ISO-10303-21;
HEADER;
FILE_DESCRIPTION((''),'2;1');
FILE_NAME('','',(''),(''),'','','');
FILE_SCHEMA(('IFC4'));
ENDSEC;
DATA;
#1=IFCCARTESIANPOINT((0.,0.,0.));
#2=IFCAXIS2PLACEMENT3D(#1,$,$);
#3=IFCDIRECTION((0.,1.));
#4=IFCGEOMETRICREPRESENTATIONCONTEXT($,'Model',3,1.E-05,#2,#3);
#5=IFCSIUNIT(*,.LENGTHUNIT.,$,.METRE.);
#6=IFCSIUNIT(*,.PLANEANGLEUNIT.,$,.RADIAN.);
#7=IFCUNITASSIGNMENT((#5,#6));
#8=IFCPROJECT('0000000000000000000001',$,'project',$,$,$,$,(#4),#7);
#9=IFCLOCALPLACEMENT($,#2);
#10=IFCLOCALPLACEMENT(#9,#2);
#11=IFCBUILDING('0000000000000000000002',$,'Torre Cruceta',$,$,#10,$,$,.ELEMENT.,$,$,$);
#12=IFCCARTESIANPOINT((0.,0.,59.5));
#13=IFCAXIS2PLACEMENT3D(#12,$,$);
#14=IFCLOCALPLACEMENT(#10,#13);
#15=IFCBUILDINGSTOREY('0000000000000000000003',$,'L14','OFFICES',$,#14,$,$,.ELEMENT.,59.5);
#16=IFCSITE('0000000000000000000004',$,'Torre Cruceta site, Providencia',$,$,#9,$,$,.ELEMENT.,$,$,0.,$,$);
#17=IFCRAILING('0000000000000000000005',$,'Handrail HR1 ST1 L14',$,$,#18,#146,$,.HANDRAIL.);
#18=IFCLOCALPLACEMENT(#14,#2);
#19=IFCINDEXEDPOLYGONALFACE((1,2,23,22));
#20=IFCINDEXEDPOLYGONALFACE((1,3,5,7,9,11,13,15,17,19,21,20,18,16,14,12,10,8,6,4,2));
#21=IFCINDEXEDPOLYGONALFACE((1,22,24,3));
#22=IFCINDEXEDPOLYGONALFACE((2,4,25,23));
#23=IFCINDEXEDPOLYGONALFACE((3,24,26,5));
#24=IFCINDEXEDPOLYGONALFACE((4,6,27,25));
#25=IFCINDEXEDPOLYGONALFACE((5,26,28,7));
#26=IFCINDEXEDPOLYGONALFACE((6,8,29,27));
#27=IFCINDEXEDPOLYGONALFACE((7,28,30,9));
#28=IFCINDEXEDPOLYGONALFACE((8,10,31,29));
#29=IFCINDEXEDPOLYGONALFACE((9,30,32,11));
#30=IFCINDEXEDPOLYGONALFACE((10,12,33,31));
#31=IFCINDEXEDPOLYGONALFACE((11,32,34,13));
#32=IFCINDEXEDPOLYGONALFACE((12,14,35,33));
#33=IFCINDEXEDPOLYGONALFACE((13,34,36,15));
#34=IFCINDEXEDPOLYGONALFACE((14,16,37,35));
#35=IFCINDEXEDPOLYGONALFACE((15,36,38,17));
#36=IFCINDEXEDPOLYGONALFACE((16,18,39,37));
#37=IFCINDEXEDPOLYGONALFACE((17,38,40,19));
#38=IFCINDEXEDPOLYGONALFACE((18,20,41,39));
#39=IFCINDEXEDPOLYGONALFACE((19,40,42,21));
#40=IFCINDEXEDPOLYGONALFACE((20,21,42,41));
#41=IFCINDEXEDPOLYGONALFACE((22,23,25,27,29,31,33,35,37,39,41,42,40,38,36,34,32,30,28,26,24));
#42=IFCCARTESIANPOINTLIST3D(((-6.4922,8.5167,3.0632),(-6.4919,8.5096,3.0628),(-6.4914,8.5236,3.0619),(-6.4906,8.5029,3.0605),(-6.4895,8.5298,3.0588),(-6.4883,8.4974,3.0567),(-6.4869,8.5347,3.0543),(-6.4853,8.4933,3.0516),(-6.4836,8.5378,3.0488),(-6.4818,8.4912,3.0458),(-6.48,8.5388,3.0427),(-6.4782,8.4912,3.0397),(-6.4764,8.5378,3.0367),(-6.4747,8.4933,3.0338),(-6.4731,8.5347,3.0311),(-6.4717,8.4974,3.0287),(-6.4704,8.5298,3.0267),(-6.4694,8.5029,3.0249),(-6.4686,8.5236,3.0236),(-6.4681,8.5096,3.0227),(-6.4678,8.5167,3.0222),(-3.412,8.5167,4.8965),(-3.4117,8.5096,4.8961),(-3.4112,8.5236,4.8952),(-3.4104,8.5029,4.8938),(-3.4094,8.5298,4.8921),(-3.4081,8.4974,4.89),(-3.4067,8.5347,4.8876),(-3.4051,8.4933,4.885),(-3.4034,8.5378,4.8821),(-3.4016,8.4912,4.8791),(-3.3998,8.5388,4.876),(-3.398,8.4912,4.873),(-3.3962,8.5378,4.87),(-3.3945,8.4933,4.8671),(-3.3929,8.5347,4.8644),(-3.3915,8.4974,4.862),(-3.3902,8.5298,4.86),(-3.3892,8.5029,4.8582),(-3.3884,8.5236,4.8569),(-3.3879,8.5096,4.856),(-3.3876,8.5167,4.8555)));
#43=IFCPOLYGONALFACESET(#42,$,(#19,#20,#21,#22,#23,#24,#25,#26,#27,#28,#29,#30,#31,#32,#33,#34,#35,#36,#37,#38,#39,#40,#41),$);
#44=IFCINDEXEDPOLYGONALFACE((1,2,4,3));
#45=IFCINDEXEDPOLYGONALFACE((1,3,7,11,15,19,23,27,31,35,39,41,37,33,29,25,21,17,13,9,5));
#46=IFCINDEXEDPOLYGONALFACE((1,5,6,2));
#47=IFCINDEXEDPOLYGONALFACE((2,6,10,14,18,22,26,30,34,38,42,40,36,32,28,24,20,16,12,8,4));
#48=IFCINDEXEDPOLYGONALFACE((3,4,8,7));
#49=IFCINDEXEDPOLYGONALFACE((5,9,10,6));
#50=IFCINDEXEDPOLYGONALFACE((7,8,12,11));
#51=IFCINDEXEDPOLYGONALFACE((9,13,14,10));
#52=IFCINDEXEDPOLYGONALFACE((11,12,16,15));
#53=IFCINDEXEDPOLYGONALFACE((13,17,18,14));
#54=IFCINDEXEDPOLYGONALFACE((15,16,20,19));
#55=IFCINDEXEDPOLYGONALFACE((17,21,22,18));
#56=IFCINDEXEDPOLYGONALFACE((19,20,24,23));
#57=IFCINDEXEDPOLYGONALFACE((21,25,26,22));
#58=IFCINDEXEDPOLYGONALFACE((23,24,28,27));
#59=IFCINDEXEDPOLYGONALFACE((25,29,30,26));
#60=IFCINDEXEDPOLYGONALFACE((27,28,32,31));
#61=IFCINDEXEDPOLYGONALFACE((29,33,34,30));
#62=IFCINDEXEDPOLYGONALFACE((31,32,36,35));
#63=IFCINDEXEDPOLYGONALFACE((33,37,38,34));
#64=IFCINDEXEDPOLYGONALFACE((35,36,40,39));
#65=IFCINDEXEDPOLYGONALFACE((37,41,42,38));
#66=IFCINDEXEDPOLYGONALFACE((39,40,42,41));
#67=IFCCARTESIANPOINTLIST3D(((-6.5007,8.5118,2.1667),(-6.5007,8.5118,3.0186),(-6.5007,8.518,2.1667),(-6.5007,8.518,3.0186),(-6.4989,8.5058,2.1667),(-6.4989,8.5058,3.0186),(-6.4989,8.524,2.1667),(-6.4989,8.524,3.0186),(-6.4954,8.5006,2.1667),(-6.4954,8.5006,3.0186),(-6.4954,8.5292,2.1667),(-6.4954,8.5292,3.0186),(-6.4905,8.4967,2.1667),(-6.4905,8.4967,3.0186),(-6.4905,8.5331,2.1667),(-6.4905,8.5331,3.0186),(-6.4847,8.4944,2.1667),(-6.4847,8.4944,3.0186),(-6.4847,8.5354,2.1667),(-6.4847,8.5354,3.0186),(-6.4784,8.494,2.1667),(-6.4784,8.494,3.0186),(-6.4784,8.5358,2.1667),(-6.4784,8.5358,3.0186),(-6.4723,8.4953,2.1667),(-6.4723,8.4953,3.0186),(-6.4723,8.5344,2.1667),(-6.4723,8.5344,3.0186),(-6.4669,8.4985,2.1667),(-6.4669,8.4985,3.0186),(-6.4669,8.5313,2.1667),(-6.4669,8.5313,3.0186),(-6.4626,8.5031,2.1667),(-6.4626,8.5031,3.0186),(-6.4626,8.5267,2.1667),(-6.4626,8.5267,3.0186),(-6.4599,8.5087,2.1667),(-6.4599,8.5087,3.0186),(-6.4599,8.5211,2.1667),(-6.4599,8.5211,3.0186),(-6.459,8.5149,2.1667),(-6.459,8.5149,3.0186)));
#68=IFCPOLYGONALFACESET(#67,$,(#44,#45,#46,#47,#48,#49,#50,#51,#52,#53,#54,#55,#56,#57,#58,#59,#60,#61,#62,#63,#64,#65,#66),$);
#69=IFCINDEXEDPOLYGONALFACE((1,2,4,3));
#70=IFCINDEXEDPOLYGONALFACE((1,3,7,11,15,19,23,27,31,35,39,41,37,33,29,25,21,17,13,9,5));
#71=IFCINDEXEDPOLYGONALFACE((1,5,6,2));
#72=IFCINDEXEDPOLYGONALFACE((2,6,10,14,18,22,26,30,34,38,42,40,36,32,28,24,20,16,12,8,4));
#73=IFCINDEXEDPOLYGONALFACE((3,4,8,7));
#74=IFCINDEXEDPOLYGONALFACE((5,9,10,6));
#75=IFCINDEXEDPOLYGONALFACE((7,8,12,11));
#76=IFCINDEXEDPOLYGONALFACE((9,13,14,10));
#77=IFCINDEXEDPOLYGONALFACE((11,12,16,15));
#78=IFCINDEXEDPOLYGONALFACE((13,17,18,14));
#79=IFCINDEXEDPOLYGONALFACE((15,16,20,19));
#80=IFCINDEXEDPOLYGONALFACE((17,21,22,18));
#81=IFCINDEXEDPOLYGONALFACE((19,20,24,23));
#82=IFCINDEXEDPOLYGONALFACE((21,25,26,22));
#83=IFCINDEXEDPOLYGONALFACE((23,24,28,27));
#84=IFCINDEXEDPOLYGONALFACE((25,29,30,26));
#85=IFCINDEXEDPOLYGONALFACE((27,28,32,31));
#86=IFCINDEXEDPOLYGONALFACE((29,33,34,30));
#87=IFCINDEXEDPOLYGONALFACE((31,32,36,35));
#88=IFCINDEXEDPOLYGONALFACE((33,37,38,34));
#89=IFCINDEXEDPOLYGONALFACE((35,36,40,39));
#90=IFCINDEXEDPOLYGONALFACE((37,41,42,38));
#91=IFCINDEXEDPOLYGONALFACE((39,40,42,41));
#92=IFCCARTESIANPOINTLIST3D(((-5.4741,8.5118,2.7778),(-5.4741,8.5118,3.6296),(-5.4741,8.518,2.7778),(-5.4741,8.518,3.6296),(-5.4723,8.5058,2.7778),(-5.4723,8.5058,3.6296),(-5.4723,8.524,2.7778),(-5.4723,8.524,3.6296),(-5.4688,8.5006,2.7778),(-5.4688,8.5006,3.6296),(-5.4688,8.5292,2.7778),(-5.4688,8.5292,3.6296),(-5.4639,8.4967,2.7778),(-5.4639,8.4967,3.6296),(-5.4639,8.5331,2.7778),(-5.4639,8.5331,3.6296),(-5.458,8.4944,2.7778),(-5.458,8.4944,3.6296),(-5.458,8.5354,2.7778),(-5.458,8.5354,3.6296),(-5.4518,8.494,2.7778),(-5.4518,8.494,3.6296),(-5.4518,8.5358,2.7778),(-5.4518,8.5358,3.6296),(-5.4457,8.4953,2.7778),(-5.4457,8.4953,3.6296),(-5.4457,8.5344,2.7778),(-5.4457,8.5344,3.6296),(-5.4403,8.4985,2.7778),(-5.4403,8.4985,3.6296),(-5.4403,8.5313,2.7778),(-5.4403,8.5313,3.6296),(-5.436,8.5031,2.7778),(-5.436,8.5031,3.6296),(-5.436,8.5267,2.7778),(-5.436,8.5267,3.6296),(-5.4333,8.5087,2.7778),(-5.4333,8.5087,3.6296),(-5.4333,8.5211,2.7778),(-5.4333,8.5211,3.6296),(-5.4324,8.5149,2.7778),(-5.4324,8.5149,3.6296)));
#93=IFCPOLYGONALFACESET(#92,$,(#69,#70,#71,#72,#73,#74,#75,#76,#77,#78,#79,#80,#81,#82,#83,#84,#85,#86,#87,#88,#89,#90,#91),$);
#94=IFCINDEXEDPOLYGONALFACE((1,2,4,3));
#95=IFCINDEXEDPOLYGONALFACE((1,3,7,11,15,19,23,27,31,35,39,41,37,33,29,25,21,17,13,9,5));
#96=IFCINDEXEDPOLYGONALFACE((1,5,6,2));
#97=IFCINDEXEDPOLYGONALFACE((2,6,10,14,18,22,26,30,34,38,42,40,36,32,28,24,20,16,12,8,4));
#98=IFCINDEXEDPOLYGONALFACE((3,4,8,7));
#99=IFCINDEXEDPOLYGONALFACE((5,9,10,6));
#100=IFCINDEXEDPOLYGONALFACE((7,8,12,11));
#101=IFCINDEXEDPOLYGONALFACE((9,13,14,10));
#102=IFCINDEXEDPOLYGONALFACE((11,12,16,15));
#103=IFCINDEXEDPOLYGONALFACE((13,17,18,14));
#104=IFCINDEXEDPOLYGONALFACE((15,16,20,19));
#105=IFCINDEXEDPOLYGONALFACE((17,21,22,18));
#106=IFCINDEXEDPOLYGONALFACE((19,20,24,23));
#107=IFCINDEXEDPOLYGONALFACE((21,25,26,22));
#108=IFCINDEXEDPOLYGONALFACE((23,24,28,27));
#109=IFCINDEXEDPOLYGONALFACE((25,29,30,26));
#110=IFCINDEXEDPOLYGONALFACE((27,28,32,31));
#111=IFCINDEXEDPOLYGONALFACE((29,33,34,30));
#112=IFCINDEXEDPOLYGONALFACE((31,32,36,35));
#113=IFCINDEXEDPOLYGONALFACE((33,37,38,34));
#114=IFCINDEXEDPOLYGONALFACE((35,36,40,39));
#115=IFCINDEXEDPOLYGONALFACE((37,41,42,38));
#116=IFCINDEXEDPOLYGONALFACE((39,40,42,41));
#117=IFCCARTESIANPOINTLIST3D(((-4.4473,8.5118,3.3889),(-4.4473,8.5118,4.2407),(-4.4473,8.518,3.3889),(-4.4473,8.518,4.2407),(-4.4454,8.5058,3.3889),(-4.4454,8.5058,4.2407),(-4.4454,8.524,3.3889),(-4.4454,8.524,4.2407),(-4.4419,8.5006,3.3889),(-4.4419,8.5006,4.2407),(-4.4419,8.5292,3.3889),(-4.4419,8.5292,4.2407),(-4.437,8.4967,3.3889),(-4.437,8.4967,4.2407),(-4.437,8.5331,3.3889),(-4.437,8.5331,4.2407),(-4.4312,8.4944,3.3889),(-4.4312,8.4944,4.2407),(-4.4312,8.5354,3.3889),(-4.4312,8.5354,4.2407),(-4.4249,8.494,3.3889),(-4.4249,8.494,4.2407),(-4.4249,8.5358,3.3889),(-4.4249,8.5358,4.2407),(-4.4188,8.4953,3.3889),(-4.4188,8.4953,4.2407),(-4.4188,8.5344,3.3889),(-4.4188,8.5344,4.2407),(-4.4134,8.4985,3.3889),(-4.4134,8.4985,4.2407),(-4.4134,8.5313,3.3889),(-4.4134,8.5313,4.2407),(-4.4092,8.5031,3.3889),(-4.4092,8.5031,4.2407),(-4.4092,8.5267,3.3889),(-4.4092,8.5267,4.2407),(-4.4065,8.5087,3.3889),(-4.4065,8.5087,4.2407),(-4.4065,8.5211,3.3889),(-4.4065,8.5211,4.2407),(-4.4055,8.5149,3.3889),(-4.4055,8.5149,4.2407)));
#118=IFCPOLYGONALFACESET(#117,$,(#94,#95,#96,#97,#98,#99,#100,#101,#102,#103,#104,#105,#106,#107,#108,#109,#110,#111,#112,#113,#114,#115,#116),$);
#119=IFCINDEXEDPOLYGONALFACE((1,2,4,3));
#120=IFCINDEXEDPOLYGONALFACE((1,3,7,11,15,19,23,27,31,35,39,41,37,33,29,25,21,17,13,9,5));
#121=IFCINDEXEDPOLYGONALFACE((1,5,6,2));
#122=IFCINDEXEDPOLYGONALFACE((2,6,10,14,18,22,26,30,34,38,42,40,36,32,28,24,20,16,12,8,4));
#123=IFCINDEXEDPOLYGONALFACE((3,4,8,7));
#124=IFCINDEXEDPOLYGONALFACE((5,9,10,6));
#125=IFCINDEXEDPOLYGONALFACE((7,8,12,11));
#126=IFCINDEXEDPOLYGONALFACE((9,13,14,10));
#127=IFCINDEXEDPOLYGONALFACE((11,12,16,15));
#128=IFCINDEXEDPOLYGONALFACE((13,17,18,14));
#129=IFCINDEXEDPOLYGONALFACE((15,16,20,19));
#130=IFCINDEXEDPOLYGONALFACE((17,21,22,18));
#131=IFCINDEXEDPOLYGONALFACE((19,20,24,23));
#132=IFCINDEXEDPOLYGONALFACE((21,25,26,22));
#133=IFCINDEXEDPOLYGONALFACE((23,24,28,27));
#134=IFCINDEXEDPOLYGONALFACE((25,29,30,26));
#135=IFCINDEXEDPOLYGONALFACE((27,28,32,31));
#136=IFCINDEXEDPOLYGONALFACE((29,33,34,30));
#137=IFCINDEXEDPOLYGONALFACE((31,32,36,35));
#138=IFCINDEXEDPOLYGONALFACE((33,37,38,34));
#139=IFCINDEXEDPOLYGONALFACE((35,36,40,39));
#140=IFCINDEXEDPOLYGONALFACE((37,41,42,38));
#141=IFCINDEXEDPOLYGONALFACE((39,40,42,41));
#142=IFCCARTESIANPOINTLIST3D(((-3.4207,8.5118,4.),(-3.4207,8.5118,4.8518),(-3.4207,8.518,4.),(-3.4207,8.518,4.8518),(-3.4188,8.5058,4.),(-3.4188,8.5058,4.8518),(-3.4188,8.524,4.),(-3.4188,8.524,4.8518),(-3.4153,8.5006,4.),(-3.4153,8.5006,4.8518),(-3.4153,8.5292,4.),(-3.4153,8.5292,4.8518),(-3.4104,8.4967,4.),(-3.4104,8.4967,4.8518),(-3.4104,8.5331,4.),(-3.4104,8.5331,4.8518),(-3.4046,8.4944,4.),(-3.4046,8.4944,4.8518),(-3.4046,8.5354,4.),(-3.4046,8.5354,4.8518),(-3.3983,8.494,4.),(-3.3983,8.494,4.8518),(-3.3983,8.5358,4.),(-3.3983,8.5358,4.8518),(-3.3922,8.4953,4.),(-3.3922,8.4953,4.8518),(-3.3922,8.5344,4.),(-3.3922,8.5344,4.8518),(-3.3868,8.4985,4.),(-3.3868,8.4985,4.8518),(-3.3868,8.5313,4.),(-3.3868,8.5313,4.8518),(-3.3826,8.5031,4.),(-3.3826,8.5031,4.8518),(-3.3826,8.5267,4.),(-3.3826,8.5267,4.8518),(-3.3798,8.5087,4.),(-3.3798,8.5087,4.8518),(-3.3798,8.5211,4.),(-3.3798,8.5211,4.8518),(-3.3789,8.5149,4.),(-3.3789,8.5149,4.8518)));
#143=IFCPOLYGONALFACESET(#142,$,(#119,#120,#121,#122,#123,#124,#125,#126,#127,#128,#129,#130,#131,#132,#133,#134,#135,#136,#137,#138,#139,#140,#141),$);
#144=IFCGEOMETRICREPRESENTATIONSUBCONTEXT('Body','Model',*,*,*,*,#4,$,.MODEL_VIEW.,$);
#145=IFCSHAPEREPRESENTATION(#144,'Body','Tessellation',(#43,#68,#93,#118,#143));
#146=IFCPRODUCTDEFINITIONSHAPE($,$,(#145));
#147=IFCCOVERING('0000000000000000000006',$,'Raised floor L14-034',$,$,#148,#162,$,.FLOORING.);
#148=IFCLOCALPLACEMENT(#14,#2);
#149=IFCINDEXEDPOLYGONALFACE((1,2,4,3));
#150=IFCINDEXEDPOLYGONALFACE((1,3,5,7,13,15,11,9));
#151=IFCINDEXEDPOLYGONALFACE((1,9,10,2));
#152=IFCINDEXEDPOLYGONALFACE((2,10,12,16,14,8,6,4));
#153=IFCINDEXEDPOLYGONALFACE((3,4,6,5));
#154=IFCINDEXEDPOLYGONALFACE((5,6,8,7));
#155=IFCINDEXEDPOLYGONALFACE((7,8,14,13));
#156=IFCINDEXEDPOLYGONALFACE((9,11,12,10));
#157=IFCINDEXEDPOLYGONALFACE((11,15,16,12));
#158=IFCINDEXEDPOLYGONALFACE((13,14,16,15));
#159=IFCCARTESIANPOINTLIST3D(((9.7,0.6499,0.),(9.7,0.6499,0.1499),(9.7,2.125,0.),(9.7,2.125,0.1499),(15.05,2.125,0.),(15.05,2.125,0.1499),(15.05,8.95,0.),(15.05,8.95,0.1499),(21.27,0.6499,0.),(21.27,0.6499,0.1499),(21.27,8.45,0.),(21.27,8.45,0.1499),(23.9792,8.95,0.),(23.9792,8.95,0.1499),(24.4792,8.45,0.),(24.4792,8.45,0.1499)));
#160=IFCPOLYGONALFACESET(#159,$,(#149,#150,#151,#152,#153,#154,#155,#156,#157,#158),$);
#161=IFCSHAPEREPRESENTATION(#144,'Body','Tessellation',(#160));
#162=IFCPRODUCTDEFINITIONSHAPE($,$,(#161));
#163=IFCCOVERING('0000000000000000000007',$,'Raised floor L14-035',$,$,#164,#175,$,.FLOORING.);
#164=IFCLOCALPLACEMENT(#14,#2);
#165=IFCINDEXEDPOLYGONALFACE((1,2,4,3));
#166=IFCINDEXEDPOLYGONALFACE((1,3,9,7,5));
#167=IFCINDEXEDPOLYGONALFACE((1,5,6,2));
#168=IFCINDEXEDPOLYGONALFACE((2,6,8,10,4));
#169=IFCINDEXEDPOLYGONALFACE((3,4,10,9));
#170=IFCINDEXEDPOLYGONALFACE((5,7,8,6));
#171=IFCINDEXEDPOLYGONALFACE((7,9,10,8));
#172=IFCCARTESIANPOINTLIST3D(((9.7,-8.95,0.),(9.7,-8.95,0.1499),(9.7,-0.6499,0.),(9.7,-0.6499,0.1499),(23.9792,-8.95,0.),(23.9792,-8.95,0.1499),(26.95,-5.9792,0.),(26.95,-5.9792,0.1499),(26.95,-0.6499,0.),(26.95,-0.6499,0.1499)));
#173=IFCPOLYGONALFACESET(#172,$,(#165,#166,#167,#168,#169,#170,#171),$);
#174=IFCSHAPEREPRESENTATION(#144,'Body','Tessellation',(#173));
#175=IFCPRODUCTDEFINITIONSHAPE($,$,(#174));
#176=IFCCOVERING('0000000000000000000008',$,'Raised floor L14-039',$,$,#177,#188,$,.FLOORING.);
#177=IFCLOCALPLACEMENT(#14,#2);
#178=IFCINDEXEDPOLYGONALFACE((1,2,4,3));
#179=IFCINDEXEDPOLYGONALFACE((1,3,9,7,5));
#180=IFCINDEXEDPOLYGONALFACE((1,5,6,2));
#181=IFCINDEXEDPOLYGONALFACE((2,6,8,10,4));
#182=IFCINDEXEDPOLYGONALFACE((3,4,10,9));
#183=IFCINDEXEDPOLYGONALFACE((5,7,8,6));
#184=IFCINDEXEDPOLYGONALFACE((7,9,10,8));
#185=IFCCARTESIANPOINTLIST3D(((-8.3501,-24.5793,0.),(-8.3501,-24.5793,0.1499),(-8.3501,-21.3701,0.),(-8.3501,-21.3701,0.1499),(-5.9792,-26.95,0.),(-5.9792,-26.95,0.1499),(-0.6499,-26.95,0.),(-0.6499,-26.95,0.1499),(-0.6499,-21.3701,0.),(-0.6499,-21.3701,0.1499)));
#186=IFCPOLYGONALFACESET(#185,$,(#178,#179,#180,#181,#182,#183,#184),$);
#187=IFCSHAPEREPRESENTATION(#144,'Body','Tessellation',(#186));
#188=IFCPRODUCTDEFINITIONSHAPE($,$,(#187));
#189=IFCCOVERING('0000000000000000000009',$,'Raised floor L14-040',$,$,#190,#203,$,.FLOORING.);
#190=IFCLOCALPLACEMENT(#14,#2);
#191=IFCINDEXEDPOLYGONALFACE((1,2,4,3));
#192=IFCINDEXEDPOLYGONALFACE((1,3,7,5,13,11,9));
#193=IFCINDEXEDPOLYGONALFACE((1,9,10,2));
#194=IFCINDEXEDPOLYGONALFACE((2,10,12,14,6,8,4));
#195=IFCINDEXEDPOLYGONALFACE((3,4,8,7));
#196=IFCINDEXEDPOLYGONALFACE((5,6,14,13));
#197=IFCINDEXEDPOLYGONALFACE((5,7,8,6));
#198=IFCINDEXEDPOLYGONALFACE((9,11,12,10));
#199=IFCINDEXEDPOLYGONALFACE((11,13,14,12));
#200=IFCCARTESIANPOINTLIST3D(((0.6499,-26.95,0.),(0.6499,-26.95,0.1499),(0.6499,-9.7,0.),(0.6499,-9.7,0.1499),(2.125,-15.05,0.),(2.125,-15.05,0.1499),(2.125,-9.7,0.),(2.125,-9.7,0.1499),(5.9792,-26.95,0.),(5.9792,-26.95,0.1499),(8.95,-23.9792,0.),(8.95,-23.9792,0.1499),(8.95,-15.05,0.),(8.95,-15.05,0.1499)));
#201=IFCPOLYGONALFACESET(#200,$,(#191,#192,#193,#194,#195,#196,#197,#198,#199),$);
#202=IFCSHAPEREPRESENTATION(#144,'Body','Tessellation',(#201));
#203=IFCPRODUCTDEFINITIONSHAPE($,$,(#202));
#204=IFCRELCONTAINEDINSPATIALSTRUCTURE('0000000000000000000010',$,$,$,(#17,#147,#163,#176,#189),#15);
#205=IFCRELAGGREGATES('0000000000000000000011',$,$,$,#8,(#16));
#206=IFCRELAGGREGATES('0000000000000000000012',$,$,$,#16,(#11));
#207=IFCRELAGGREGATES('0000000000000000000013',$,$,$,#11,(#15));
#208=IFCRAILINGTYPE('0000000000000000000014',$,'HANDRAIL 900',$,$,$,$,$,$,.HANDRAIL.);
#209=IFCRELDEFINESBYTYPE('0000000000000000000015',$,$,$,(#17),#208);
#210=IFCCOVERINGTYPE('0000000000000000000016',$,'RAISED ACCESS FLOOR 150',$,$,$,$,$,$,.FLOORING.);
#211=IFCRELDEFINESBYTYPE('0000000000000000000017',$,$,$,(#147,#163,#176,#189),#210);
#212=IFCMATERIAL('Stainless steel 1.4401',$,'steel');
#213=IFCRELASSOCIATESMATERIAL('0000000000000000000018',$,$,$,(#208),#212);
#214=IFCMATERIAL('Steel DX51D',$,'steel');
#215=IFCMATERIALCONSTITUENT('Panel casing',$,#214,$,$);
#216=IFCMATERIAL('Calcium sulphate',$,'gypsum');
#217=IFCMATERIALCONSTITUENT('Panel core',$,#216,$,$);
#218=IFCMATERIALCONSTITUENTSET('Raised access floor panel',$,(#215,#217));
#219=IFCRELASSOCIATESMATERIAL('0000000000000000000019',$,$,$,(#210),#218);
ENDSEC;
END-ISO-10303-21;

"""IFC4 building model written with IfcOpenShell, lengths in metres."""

from ifc_helpers import new_model, si_unit, direction, frame, origin, origin_2d, place, context, subcontext, project, spatial, polyline, circle, outline, extrude, material, constituent, constituent_set, type_object, element, save


model = new_model("IFC4")

# Units and contexts
model_context = context("Model", 3, precision=1e-05, world=origin(), true_north=direction((0.0, 1.0)))
body_context = subcontext(model_context, "Body", "Model", "MODEL_VIEW")
ifc_project = project(units=[si_unit("LENGTHUNIT", "METRE"), si_unit("PLANEANGLEUNIT", "RADIAN")], contexts=[model_context])

# Site, building, storey
site_placement = place(None, origin())
site = spatial("IfcSite", under=ifc_project, at=site_placement, Name="Torre Cruceta site, Providencia", CompositionType="ELEMENT", RefElevation=0.0)
building_placement = place(site_placement, origin())
building = spatial("IfcBuilding", under=site, at=building_placement, Name="Torre Cruceta", CompositionType="ELEMENT")
storey_placement = place(building_placement, frame((0.0, 0.0, 59.5)))
storey = spatial("IfcBuildingStorey", under=building, at=storey_placement, Name="L14", Description="OFFICES", CompositionType="ELEMENT", Elevation=59.5)

# Railing
ifc_material_1 = material(Name="Stainless steel 1.4401", Category="steel")
railing_type = type_object("IfcRailingType", Name="HANDRAIL 900", PredefinedType="HANDRAIL", material=ifc_material_1)
railing_1_placement = place(storey_placement, frame((-6.48, 8.5149, 2.1667)))
element("IfcRailing", 1, at=railing_1_placement, inside=storey, type_object=railing_type, Name="Handrail HR1 ST1 L14", PredefinedType="HANDRAIL", context=body_context, shape_type="SweptSolid", body=[
    extrude(circle(Radius=0.0239, at=origin_2d()), frame((0.0, 0.0, 0.876), z_axis=(0.859309, 0.0, 0.511458), x_axis=(0.0, 1.0, 0.0)), (0.0, 0.0, 1.0), 3.5845),
    extrude(circle(Radius=0.021, at=origin_2d()), origin(), (0.0, 0.0, 1.0), 0.8518),
    extrude(circle(Radius=0.021, at=origin_2d()), frame((1.0266, 0.0, 0.6111)), (0.0, 0.0, 1.0), 0.8518),
    extrude(circle(Radius=0.021, at=origin_2d()), frame((2.0535, 0.0, 1.2222)), (0.0, 0.0, 1.0), 0.8518),
    extrude(circle(Radius=0.021, at=origin_2d()), frame((3.0801, 0.0, 1.8333)), (0.0, 0.0, 1.0), 0.8518),
])

# Coverings
ifc_material_2 = material(Name="Steel DX51D", Category="steel")
ifc_constituent_1 = constituent(ifc_material_2, Name="Panel casing")
ifc_material_3 = material(Name="Calcium sulphate", Category="gypsum")
ifc_constituent_2 = constituent(ifc_material_3, Name="Panel core")
ifc_constituent_set_1 = constituent_set(constituents=[ifc_constituent_1, ifc_constituent_2], Name="Raised access floor panel")
covering_type_1 = type_object("IfcCoveringType", Name="RAISED ACCESS FLOOR 150", PredefinedType="FLOORING", material=ifc_constituent_set_1)
covering_1_placement = place(storey_placement, origin())
element("IfcCovering", 2, at=covering_1_placement, inside=storey, type_object=covering_type_1, Name="Raised floor L14-034", PredefinedType="FLOORING", context=body_context, shape_type="SweptSolid", body=[
    extrude(outline(polyline([(21.27, 8.45), (21.27, 0.6499), (9.7, 0.6499), (9.7, 2.125), (15.05, 2.125), (15.05, 8.95), (23.9792, 8.95), (24.4792, 8.45), (21.27, 8.45)])), origin(), (0.0, 0.0, 1.0), 0.1499),
])
covering_2_placement = place(storey_placement, origin())
element("IfcCovering", 3, at=covering_2_placement, inside=storey, type_object=covering_type_1, Name="Raised floor L14-035", PredefinedType="FLOORING", context=body_context, shape_type="SweptSolid", body=[
    extrude(outline(polyline([(26.95, -5.9792), (23.9792, -8.95), (9.7, -8.95), (9.7, -0.6499), (26.95, -0.6499), (26.95, -5.9792)])), origin(), (0.0, 0.0, 1.0), 0.1499),
])
covering_3_placement = place(storey_placement, origin())
element("IfcCovering", 4, at=covering_3_placement, inside=storey, type_object=covering_type_1, Name="Raised floor L14-039", PredefinedType="FLOORING", context=body_context, shape_type="SweptSolid", body=[
    extrude(outline(polyline([(-8.3501, -24.5793), (-8.3501, -21.3701), (-0.6499, -21.3701), (-0.6499, -26.95), (-5.9792, -26.95), (-8.3501, -24.5793)])), origin(), (0.0, 0.0, 1.0), 0.1499),
])
covering_4_placement = place(storey_placement, origin())
element("IfcCovering", 5, at=covering_4_placement, inside=storey, type_object=covering_type_1, Name="Raised floor L14-040", PredefinedType="FLOORING", context=body_context, shape_type="SweptSolid", body=[
    extrude(outline(polyline([(0.6499, -26.95), (0.6499, -9.7), (2.125, -9.7), (2.125, -15.05), (8.95, -15.05), (8.95, -23.9792), (5.9792, -26.95), (0.6499, -26.95)])), origin(), (0.0, 0.0, 1.0), 0.1499),
])

save(model, "model.ifc")
